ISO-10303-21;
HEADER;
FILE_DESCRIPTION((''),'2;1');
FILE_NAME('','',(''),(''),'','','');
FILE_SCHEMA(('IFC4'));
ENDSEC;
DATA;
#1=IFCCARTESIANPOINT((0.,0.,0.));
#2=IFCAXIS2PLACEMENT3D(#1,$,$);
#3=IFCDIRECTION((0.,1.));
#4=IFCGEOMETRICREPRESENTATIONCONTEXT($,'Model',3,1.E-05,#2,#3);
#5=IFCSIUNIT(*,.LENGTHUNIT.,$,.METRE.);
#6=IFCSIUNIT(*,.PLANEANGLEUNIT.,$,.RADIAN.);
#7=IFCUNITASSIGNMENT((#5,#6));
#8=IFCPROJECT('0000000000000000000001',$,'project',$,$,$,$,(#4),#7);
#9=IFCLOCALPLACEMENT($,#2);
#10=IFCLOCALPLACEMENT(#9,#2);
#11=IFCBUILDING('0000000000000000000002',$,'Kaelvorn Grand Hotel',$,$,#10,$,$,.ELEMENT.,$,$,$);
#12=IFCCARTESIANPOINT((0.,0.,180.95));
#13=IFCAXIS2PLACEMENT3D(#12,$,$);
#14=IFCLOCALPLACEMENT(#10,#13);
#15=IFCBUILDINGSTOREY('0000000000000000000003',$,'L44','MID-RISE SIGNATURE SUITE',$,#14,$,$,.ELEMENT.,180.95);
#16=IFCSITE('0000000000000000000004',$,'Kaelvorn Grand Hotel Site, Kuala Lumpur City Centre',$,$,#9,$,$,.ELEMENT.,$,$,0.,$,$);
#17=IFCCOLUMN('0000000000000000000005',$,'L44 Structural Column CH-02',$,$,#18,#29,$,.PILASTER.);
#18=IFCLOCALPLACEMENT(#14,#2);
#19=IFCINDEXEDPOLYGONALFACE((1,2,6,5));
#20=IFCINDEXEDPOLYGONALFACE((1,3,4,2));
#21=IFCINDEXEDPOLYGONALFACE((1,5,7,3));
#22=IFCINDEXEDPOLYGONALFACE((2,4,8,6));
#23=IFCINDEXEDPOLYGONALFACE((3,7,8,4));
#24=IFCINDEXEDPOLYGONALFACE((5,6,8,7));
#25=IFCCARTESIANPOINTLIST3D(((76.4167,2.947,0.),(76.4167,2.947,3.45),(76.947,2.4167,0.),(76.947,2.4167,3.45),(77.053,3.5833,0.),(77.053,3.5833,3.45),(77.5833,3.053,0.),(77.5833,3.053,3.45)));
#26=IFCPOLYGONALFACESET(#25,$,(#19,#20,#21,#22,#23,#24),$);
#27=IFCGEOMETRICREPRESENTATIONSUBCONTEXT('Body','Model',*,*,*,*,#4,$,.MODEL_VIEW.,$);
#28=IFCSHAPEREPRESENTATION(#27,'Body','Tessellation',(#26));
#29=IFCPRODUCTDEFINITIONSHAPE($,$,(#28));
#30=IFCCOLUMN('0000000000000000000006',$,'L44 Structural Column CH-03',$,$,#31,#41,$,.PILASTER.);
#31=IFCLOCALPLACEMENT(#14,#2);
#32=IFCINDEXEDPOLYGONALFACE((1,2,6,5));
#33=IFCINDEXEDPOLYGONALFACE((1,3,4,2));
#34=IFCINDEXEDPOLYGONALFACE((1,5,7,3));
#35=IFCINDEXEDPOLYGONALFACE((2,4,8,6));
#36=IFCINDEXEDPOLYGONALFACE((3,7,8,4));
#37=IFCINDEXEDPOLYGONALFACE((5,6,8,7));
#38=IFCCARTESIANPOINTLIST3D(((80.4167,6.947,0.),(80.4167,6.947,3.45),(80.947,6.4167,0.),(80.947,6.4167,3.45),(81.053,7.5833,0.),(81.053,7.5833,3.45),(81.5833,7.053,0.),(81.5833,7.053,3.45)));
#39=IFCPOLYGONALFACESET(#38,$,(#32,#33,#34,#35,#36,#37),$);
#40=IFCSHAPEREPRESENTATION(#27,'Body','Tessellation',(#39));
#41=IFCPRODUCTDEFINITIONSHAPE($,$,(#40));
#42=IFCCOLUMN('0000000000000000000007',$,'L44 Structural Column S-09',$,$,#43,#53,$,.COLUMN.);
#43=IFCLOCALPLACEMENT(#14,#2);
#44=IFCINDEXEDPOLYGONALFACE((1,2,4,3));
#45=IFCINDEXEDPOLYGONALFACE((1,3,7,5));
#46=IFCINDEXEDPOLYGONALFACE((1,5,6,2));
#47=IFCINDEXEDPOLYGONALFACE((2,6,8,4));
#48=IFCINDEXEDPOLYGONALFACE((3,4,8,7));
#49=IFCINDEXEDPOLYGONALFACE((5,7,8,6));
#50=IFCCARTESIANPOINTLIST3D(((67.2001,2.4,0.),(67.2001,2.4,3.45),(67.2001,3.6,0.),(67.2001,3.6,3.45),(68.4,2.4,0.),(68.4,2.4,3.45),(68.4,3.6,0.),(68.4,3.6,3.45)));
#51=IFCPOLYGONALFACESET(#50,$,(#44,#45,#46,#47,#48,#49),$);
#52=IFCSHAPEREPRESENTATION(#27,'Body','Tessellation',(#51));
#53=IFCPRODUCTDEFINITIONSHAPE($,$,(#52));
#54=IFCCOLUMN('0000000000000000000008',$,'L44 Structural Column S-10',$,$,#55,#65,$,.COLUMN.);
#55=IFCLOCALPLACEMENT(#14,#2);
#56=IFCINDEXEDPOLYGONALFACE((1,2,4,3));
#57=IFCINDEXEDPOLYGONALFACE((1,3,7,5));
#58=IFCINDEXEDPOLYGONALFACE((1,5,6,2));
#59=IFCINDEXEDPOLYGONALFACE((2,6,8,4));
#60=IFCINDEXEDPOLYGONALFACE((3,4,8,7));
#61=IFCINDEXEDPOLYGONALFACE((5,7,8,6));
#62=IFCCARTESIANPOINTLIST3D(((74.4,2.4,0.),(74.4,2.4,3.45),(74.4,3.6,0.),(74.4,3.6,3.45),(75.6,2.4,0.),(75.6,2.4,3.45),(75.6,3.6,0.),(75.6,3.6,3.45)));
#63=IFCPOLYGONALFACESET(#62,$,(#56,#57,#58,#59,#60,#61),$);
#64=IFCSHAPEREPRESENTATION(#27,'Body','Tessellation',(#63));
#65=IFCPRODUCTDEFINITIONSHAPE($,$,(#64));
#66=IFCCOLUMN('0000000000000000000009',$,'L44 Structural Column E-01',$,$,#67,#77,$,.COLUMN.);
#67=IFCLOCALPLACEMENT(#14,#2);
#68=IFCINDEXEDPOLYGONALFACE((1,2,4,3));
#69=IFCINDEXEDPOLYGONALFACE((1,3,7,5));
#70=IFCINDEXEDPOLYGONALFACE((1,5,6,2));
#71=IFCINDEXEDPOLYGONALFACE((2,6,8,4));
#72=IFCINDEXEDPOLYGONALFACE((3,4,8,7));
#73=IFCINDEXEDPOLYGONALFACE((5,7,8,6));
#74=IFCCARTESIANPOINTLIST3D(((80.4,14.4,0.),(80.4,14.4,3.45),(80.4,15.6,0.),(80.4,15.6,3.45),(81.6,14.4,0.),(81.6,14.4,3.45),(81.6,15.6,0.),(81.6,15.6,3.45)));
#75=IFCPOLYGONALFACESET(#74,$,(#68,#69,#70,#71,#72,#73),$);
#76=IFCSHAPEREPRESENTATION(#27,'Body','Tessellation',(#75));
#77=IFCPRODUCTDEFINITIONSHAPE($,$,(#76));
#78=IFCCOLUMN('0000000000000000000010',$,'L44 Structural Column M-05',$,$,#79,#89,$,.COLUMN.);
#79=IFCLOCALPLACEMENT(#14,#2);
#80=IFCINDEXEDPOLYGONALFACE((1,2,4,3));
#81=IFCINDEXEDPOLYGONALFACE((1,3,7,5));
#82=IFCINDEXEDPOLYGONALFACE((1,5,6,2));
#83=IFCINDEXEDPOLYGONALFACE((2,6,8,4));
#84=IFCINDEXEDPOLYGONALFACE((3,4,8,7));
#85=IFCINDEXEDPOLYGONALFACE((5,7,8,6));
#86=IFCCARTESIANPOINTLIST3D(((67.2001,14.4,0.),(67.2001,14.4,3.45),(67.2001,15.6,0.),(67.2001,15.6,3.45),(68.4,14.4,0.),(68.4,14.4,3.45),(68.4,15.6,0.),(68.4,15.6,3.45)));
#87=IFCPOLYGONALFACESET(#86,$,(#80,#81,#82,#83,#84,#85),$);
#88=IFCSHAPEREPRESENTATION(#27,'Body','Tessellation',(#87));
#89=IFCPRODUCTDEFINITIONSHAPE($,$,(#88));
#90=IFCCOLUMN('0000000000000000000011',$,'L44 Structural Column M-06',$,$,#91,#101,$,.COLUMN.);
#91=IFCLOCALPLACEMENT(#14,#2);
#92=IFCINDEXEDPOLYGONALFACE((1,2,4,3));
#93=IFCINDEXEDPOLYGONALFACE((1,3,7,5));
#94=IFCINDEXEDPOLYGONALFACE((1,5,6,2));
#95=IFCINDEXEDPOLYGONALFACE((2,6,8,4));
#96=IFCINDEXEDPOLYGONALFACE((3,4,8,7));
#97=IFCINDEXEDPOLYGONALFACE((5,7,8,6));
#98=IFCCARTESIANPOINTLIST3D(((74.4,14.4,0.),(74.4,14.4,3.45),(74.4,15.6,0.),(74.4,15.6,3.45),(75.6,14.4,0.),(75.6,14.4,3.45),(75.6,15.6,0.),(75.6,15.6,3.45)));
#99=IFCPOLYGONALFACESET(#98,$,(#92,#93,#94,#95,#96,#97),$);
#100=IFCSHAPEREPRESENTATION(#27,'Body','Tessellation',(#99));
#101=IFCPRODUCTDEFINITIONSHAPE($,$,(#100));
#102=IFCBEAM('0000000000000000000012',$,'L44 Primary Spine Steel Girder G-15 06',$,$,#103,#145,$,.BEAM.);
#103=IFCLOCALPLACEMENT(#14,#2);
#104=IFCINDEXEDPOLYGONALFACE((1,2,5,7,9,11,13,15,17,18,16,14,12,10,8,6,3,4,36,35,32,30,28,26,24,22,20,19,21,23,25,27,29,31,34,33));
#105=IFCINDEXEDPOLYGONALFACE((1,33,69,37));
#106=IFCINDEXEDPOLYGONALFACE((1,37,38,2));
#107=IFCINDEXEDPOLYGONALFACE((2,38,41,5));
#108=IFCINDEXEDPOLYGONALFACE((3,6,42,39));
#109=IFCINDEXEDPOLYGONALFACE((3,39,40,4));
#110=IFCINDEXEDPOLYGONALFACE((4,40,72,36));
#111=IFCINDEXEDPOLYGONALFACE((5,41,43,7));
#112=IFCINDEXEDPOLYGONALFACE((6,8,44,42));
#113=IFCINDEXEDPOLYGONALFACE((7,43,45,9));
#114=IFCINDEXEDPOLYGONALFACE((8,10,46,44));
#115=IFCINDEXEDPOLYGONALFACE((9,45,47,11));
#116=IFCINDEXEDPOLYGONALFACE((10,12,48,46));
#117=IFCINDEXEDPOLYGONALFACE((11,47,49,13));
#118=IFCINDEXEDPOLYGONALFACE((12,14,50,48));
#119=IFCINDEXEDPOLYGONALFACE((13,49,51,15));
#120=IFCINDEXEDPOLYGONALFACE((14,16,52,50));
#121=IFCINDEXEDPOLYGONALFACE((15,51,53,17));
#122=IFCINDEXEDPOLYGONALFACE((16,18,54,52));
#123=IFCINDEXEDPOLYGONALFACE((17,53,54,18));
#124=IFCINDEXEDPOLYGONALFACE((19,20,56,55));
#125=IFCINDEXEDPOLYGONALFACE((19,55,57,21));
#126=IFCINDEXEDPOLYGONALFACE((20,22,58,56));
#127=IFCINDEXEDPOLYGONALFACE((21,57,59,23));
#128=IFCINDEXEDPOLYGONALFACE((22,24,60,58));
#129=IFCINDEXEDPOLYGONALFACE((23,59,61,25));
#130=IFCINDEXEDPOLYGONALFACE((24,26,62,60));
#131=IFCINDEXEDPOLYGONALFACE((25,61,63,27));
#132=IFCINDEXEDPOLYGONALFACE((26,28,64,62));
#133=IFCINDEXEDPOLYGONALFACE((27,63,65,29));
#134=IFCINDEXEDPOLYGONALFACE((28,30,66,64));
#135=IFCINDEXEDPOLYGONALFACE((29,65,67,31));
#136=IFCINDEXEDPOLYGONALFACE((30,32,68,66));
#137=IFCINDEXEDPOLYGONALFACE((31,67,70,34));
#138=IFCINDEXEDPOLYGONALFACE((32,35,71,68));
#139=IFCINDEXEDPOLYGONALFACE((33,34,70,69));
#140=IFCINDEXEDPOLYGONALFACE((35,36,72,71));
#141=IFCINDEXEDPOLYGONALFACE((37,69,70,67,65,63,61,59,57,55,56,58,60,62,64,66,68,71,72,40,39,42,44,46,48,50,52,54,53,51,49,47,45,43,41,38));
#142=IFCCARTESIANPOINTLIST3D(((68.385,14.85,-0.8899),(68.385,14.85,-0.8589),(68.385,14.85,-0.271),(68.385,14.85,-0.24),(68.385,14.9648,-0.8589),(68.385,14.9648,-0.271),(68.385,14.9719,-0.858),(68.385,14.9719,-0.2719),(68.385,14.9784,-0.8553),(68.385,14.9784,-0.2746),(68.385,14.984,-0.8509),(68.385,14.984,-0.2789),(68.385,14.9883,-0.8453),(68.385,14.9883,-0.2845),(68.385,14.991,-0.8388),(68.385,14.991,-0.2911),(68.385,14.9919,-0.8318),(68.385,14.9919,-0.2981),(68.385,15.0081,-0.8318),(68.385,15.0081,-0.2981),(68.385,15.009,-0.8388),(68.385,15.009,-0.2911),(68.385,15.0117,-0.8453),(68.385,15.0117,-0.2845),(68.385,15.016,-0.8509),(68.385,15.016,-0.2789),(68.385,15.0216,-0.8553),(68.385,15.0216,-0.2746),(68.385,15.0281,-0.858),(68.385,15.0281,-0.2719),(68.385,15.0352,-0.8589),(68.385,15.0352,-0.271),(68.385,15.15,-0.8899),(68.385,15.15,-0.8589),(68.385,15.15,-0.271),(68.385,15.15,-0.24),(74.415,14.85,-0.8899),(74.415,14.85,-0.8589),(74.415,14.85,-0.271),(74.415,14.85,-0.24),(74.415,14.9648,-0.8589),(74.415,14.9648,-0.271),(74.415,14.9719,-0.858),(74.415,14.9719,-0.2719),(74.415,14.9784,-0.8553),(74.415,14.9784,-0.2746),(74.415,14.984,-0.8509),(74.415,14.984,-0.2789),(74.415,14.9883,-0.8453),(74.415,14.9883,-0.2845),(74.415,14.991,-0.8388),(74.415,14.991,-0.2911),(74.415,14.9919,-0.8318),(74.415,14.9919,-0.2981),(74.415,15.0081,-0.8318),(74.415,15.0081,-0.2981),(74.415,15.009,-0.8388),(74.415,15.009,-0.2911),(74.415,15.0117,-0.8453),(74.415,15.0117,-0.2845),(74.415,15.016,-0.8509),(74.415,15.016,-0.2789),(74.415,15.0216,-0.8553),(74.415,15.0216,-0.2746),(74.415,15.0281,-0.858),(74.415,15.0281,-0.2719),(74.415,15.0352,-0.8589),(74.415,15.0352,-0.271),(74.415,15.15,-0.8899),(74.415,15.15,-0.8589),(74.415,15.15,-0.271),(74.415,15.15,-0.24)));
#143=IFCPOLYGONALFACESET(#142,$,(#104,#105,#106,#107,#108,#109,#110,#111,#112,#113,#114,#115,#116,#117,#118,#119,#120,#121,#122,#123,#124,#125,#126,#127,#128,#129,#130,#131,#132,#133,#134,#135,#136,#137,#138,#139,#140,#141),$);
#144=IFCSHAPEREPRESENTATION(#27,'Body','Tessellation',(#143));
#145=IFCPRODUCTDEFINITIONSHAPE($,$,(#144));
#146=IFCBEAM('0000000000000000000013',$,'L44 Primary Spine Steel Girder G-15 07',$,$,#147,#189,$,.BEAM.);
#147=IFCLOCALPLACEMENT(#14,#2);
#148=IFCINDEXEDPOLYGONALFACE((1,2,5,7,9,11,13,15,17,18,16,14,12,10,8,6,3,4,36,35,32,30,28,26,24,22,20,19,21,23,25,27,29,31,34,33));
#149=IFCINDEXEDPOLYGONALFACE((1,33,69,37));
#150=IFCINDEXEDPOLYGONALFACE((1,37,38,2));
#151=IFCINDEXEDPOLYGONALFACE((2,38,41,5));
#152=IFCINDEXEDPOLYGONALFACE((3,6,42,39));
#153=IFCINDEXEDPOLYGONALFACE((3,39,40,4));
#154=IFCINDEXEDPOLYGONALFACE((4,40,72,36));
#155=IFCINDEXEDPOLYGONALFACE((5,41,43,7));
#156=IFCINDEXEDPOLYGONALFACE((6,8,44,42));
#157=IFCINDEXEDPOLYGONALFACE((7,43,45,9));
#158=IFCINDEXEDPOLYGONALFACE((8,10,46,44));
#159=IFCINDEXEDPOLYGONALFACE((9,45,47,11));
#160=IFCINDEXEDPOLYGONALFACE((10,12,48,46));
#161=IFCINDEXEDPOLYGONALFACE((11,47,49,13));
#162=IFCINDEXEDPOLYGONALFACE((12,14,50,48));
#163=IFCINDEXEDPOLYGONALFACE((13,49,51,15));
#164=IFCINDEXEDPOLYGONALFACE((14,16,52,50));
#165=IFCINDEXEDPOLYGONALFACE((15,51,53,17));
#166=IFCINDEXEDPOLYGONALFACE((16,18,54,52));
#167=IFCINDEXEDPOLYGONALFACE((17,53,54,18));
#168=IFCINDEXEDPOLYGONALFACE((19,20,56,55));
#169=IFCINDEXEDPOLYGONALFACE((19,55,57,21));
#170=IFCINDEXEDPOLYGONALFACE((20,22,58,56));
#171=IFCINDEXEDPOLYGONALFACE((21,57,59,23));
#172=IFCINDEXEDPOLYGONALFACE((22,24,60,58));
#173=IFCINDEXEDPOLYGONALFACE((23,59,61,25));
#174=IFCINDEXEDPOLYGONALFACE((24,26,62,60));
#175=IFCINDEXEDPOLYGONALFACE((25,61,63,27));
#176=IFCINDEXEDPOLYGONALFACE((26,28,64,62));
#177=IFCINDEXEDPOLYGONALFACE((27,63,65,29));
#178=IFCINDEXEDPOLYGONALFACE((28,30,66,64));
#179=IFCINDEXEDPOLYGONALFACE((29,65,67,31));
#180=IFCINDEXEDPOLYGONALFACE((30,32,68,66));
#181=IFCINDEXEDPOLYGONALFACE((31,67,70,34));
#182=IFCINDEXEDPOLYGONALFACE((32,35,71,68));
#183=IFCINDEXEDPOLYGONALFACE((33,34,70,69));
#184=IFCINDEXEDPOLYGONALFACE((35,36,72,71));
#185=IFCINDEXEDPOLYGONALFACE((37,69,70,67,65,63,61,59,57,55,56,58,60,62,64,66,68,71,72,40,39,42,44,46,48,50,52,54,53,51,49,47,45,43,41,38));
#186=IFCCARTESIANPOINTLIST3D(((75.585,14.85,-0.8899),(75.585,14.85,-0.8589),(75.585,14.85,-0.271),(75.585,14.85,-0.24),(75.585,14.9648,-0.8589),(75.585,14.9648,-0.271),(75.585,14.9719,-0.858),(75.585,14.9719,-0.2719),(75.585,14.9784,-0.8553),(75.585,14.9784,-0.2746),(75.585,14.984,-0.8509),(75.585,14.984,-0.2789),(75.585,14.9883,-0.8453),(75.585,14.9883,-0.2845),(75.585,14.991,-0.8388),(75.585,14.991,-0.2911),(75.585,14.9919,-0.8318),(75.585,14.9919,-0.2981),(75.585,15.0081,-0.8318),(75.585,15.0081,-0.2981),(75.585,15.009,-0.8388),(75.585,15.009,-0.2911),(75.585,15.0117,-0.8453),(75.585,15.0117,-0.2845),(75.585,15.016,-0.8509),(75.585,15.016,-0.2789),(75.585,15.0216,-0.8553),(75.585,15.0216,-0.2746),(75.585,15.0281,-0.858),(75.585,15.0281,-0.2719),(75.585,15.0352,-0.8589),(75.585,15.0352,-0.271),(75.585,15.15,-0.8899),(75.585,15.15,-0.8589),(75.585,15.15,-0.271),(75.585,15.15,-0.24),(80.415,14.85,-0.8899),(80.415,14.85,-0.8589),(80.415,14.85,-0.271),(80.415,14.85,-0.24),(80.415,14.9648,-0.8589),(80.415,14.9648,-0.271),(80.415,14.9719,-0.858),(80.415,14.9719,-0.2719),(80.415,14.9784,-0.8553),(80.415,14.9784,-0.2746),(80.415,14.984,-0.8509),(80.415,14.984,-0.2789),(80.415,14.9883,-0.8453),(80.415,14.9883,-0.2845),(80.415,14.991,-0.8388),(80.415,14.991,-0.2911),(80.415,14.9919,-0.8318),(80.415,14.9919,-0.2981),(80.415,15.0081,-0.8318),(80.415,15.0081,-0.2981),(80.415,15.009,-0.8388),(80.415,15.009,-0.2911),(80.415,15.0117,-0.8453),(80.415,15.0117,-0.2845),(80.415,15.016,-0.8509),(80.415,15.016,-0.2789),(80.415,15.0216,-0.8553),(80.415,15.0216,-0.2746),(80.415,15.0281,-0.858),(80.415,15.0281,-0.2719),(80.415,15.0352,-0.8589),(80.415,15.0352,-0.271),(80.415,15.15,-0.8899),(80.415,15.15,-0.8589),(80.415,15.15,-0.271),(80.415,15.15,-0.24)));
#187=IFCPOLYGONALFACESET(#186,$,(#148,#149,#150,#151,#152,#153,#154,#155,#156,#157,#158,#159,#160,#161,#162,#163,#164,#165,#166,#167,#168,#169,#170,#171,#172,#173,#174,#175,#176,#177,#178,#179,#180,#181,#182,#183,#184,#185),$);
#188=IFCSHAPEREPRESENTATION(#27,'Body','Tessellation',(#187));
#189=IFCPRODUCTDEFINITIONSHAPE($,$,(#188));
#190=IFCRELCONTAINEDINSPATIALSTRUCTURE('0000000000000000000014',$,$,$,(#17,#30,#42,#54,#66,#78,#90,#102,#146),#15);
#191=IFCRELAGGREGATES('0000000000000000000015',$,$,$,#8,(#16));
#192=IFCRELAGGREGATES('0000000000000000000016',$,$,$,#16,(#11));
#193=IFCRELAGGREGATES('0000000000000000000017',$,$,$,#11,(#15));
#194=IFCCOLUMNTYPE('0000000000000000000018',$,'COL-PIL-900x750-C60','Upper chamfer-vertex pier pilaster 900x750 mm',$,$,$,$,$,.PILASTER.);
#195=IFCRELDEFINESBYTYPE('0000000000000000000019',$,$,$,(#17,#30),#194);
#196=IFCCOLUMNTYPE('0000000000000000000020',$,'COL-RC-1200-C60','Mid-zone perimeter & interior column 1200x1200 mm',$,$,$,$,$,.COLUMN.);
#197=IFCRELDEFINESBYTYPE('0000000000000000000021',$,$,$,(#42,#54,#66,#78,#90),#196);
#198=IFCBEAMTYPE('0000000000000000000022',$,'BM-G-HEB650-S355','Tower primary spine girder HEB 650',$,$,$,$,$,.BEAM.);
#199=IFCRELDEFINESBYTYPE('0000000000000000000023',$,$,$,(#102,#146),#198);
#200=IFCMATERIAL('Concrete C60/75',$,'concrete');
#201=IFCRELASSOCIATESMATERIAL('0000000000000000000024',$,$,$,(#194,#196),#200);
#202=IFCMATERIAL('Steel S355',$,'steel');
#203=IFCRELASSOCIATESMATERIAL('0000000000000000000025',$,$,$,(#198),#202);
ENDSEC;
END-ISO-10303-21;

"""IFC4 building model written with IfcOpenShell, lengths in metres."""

from ifc_helpers import new_model, si_unit, direction, frame, origin, origin_2d, place, context, subcontext, project, spatial, rectangle, i_section, extrude, material, material_profile, profile_set, type_object, element, save


model = new_model("IFC4")

# Units and contexts
model_context = context("Model", 3, precision=1e-05, world=origin(), true_north=direction((0.0, 1.0)))
body_context = subcontext(model_context, "Body", "Model", "MODEL_VIEW")
ifc_project = project(units=[si_unit("LENGTHUNIT", "METRE"), si_unit("PLANEANGLEUNIT", "RADIAN")], contexts=[model_context])

# Site, building, storey
site_placement = place(None, origin())
site = spatial("IfcSite", under=ifc_project, at=site_placement, Name="Kaelvorn Grand Hotel Site, Kuala Lumpur City Centre", CompositionType="ELEMENT", RefElevation=0.0)
building_placement = place(site_placement, origin())
building = spatial("IfcBuilding", under=site, at=building_placement, Name="Kaelvorn Grand Hotel", CompositionType="ELEMENT")
storey_placement = place(building_placement, frame((0.0, 0.0, 180.95)))
storey = spatial("IfcBuildingStorey", under=building, at=storey_placement, Name="L44", Description="MID-RISE SIGNATURE SUITE", CompositionType="ELEMENT", Elevation=180.95)

# Columns
ifc_material_1 = material(Name="Concrete C60/75", Category="concrete")
ifc_material_profile_1 = material_profile(ifc_material_1, rectangle(XDim=0.8999, YDim=0.75, at=origin_2d()), Name="RC PILASTER 900x750")
ifc_profile_set_1 = profile_set([ifc_material_profile_1], Name="Concrete C60/75")
column_type_1 = type_object("IfcColumnType", Name="COL-PIL-900x750-C60", Description="Upper chamfer-vertex pier pilaster 900x750 mm", PredefinedType="PILASTER", material=ifc_profile_set_1)
for number, where, z_axis, x_axis, name in (
    (1, (77.0, 3.0, 0.0), (0.0, 0.0, 1.0), (0.707107, 0.707107, 0.0), "L44 Structural Column CH-02"),
    (2, (81.0, 7.0, 0.0), (0.0, 0.0, 1.0), (0.707107, 0.707107, 0.0), "L44 Structural Column CH-03"),
):
    element("IfcColumn", number, at=place(storey_placement, frame(where, z_axis=z_axis, x_axis=x_axis)), inside=storey, type_object=column_type_1, Name=name, PredefinedType="PILASTER", context=body_context, shape_type="SweptSolid", body=[
        extrude(rectangle(XDim=0.8999, YDim=0.75, at=origin_2d()), origin(), (0.0, 0.0, 1.0), 3.45),
    ])
ifc_material_profile_2 = material_profile(ifc_material_1, rectangle(XDim=1.2, YDim=1.2, at=origin_2d()), Name="RC COL 1200x1200")
ifc_profile_set_2 = profile_set([ifc_material_profile_2], Name="Concrete C60/75")
column_type_2 = type_object("IfcColumnType", Name="COL-RC-1200-C60", Description="Mid-zone perimeter & interior column 1200x1200 mm", PredefinedType="COLUMN", material=ifc_profile_set_2)
for number, where, z_axis, x_axis, name in (
    (3, (67.8, 3.0, 0.0), (0.0, 0.0, 1.0), (1.0, 0.0, 0.0), "L44 Structural Column S-09"),
    (4, (75.0, 3.0, 0.0), (0.0, 0.0, 1.0), (1.0, 0.0, 0.0), "L44 Structural Column S-10"),
    (5, (81.0, 15.0, 0.0), (0.0, 0.0, 1.0), (1.0, 0.0, 0.0), "L44 Structural Column E-01"),
    (6, (67.8, 15.0, 0.0), (0.0, 0.0, 1.0), (1.0, 0.0, 0.0), "L44 Structural Column M-05"),
    (7, (75.0, 15.0, 0.0), (0.0, 0.0, 1.0), (1.0, 0.0, 0.0), "L44 Structural Column M-06"),
):
    element("IfcColumn", number, at=place(storey_placement, frame(where, z_axis=z_axis, x_axis=x_axis)), inside=storey, type_object=column_type_2, Name=name, PredefinedType="COLUMN", context=body_context, shape_type="SweptSolid", body=[
        extrude(rectangle(XDim=1.2, YDim=1.2, at=origin_2d()), origin(), (0.0, 0.0, 1.0), 3.45),
    ])

# Beams
ifc_material_2 = material(Name="Steel S355", Category="steel")
ifc_material_profile_3 = material_profile(ifc_material_2, i_section(OverallWidth=0.3, OverallDepth=0.6499, WebThickness=0.0161, FlangeThickness=0.031, FilletRadius=0.0271, at=origin_2d()), Name="HEB 650")
ifc_profile_set_3 = profile_set([ifc_material_profile_3], Name="Steel S355")
beam_type_1 = type_object("IfcBeamType", Name="BM-G-HEB650-S355", Description="Tower primary spine girder HEB 650", PredefinedType="BEAM", material=ifc_profile_set_3)
beam_1_placement = place(storey_placement, frame((68.385, 15.0, -0.5649), z_axis=(1.0, 0.0, 0.0), x_axis=(0.0, 1.0, 0.0)))
element("IfcBeam", 8, at=beam_1_placement, inside=storey, type_object=beam_type_1, Name="L44 Primary Spine Steel Girder G-15 06", PredefinedType="BEAM", context=body_context, shape_type="SweptSolid", body=[
    extrude(i_section(OverallWidth=0.3, OverallDepth=0.6499, WebThickness=0.0161, FlangeThickness=0.031, FilletRadius=0.0271, at=origin_2d()), origin(), (0.0, 0.0, 1.0), 6.03),
])
beam_2_placement = place(storey_placement, frame((75.585, 15.0, -0.5649), z_axis=(1.0, 0.0, 0.0), x_axis=(0.0, 1.0, 0.0)))
element("IfcBeam", 9, at=beam_2_placement, inside=storey, type_object=beam_type_1, Name="L44 Primary Spine Steel Girder G-15 07", PredefinedType="BEAM", context=body_context, shape_type="SweptSolid", body=[
    extrude(i_section(OverallWidth=0.3, OverallDepth=0.6499, WebThickness=0.0161, FlangeThickness=0.031, FilletRadius=0.0271, at=origin_2d()), origin(), (0.0, 0.0, 1.0), 4.8301),
])

save(model, "model.ifc")
